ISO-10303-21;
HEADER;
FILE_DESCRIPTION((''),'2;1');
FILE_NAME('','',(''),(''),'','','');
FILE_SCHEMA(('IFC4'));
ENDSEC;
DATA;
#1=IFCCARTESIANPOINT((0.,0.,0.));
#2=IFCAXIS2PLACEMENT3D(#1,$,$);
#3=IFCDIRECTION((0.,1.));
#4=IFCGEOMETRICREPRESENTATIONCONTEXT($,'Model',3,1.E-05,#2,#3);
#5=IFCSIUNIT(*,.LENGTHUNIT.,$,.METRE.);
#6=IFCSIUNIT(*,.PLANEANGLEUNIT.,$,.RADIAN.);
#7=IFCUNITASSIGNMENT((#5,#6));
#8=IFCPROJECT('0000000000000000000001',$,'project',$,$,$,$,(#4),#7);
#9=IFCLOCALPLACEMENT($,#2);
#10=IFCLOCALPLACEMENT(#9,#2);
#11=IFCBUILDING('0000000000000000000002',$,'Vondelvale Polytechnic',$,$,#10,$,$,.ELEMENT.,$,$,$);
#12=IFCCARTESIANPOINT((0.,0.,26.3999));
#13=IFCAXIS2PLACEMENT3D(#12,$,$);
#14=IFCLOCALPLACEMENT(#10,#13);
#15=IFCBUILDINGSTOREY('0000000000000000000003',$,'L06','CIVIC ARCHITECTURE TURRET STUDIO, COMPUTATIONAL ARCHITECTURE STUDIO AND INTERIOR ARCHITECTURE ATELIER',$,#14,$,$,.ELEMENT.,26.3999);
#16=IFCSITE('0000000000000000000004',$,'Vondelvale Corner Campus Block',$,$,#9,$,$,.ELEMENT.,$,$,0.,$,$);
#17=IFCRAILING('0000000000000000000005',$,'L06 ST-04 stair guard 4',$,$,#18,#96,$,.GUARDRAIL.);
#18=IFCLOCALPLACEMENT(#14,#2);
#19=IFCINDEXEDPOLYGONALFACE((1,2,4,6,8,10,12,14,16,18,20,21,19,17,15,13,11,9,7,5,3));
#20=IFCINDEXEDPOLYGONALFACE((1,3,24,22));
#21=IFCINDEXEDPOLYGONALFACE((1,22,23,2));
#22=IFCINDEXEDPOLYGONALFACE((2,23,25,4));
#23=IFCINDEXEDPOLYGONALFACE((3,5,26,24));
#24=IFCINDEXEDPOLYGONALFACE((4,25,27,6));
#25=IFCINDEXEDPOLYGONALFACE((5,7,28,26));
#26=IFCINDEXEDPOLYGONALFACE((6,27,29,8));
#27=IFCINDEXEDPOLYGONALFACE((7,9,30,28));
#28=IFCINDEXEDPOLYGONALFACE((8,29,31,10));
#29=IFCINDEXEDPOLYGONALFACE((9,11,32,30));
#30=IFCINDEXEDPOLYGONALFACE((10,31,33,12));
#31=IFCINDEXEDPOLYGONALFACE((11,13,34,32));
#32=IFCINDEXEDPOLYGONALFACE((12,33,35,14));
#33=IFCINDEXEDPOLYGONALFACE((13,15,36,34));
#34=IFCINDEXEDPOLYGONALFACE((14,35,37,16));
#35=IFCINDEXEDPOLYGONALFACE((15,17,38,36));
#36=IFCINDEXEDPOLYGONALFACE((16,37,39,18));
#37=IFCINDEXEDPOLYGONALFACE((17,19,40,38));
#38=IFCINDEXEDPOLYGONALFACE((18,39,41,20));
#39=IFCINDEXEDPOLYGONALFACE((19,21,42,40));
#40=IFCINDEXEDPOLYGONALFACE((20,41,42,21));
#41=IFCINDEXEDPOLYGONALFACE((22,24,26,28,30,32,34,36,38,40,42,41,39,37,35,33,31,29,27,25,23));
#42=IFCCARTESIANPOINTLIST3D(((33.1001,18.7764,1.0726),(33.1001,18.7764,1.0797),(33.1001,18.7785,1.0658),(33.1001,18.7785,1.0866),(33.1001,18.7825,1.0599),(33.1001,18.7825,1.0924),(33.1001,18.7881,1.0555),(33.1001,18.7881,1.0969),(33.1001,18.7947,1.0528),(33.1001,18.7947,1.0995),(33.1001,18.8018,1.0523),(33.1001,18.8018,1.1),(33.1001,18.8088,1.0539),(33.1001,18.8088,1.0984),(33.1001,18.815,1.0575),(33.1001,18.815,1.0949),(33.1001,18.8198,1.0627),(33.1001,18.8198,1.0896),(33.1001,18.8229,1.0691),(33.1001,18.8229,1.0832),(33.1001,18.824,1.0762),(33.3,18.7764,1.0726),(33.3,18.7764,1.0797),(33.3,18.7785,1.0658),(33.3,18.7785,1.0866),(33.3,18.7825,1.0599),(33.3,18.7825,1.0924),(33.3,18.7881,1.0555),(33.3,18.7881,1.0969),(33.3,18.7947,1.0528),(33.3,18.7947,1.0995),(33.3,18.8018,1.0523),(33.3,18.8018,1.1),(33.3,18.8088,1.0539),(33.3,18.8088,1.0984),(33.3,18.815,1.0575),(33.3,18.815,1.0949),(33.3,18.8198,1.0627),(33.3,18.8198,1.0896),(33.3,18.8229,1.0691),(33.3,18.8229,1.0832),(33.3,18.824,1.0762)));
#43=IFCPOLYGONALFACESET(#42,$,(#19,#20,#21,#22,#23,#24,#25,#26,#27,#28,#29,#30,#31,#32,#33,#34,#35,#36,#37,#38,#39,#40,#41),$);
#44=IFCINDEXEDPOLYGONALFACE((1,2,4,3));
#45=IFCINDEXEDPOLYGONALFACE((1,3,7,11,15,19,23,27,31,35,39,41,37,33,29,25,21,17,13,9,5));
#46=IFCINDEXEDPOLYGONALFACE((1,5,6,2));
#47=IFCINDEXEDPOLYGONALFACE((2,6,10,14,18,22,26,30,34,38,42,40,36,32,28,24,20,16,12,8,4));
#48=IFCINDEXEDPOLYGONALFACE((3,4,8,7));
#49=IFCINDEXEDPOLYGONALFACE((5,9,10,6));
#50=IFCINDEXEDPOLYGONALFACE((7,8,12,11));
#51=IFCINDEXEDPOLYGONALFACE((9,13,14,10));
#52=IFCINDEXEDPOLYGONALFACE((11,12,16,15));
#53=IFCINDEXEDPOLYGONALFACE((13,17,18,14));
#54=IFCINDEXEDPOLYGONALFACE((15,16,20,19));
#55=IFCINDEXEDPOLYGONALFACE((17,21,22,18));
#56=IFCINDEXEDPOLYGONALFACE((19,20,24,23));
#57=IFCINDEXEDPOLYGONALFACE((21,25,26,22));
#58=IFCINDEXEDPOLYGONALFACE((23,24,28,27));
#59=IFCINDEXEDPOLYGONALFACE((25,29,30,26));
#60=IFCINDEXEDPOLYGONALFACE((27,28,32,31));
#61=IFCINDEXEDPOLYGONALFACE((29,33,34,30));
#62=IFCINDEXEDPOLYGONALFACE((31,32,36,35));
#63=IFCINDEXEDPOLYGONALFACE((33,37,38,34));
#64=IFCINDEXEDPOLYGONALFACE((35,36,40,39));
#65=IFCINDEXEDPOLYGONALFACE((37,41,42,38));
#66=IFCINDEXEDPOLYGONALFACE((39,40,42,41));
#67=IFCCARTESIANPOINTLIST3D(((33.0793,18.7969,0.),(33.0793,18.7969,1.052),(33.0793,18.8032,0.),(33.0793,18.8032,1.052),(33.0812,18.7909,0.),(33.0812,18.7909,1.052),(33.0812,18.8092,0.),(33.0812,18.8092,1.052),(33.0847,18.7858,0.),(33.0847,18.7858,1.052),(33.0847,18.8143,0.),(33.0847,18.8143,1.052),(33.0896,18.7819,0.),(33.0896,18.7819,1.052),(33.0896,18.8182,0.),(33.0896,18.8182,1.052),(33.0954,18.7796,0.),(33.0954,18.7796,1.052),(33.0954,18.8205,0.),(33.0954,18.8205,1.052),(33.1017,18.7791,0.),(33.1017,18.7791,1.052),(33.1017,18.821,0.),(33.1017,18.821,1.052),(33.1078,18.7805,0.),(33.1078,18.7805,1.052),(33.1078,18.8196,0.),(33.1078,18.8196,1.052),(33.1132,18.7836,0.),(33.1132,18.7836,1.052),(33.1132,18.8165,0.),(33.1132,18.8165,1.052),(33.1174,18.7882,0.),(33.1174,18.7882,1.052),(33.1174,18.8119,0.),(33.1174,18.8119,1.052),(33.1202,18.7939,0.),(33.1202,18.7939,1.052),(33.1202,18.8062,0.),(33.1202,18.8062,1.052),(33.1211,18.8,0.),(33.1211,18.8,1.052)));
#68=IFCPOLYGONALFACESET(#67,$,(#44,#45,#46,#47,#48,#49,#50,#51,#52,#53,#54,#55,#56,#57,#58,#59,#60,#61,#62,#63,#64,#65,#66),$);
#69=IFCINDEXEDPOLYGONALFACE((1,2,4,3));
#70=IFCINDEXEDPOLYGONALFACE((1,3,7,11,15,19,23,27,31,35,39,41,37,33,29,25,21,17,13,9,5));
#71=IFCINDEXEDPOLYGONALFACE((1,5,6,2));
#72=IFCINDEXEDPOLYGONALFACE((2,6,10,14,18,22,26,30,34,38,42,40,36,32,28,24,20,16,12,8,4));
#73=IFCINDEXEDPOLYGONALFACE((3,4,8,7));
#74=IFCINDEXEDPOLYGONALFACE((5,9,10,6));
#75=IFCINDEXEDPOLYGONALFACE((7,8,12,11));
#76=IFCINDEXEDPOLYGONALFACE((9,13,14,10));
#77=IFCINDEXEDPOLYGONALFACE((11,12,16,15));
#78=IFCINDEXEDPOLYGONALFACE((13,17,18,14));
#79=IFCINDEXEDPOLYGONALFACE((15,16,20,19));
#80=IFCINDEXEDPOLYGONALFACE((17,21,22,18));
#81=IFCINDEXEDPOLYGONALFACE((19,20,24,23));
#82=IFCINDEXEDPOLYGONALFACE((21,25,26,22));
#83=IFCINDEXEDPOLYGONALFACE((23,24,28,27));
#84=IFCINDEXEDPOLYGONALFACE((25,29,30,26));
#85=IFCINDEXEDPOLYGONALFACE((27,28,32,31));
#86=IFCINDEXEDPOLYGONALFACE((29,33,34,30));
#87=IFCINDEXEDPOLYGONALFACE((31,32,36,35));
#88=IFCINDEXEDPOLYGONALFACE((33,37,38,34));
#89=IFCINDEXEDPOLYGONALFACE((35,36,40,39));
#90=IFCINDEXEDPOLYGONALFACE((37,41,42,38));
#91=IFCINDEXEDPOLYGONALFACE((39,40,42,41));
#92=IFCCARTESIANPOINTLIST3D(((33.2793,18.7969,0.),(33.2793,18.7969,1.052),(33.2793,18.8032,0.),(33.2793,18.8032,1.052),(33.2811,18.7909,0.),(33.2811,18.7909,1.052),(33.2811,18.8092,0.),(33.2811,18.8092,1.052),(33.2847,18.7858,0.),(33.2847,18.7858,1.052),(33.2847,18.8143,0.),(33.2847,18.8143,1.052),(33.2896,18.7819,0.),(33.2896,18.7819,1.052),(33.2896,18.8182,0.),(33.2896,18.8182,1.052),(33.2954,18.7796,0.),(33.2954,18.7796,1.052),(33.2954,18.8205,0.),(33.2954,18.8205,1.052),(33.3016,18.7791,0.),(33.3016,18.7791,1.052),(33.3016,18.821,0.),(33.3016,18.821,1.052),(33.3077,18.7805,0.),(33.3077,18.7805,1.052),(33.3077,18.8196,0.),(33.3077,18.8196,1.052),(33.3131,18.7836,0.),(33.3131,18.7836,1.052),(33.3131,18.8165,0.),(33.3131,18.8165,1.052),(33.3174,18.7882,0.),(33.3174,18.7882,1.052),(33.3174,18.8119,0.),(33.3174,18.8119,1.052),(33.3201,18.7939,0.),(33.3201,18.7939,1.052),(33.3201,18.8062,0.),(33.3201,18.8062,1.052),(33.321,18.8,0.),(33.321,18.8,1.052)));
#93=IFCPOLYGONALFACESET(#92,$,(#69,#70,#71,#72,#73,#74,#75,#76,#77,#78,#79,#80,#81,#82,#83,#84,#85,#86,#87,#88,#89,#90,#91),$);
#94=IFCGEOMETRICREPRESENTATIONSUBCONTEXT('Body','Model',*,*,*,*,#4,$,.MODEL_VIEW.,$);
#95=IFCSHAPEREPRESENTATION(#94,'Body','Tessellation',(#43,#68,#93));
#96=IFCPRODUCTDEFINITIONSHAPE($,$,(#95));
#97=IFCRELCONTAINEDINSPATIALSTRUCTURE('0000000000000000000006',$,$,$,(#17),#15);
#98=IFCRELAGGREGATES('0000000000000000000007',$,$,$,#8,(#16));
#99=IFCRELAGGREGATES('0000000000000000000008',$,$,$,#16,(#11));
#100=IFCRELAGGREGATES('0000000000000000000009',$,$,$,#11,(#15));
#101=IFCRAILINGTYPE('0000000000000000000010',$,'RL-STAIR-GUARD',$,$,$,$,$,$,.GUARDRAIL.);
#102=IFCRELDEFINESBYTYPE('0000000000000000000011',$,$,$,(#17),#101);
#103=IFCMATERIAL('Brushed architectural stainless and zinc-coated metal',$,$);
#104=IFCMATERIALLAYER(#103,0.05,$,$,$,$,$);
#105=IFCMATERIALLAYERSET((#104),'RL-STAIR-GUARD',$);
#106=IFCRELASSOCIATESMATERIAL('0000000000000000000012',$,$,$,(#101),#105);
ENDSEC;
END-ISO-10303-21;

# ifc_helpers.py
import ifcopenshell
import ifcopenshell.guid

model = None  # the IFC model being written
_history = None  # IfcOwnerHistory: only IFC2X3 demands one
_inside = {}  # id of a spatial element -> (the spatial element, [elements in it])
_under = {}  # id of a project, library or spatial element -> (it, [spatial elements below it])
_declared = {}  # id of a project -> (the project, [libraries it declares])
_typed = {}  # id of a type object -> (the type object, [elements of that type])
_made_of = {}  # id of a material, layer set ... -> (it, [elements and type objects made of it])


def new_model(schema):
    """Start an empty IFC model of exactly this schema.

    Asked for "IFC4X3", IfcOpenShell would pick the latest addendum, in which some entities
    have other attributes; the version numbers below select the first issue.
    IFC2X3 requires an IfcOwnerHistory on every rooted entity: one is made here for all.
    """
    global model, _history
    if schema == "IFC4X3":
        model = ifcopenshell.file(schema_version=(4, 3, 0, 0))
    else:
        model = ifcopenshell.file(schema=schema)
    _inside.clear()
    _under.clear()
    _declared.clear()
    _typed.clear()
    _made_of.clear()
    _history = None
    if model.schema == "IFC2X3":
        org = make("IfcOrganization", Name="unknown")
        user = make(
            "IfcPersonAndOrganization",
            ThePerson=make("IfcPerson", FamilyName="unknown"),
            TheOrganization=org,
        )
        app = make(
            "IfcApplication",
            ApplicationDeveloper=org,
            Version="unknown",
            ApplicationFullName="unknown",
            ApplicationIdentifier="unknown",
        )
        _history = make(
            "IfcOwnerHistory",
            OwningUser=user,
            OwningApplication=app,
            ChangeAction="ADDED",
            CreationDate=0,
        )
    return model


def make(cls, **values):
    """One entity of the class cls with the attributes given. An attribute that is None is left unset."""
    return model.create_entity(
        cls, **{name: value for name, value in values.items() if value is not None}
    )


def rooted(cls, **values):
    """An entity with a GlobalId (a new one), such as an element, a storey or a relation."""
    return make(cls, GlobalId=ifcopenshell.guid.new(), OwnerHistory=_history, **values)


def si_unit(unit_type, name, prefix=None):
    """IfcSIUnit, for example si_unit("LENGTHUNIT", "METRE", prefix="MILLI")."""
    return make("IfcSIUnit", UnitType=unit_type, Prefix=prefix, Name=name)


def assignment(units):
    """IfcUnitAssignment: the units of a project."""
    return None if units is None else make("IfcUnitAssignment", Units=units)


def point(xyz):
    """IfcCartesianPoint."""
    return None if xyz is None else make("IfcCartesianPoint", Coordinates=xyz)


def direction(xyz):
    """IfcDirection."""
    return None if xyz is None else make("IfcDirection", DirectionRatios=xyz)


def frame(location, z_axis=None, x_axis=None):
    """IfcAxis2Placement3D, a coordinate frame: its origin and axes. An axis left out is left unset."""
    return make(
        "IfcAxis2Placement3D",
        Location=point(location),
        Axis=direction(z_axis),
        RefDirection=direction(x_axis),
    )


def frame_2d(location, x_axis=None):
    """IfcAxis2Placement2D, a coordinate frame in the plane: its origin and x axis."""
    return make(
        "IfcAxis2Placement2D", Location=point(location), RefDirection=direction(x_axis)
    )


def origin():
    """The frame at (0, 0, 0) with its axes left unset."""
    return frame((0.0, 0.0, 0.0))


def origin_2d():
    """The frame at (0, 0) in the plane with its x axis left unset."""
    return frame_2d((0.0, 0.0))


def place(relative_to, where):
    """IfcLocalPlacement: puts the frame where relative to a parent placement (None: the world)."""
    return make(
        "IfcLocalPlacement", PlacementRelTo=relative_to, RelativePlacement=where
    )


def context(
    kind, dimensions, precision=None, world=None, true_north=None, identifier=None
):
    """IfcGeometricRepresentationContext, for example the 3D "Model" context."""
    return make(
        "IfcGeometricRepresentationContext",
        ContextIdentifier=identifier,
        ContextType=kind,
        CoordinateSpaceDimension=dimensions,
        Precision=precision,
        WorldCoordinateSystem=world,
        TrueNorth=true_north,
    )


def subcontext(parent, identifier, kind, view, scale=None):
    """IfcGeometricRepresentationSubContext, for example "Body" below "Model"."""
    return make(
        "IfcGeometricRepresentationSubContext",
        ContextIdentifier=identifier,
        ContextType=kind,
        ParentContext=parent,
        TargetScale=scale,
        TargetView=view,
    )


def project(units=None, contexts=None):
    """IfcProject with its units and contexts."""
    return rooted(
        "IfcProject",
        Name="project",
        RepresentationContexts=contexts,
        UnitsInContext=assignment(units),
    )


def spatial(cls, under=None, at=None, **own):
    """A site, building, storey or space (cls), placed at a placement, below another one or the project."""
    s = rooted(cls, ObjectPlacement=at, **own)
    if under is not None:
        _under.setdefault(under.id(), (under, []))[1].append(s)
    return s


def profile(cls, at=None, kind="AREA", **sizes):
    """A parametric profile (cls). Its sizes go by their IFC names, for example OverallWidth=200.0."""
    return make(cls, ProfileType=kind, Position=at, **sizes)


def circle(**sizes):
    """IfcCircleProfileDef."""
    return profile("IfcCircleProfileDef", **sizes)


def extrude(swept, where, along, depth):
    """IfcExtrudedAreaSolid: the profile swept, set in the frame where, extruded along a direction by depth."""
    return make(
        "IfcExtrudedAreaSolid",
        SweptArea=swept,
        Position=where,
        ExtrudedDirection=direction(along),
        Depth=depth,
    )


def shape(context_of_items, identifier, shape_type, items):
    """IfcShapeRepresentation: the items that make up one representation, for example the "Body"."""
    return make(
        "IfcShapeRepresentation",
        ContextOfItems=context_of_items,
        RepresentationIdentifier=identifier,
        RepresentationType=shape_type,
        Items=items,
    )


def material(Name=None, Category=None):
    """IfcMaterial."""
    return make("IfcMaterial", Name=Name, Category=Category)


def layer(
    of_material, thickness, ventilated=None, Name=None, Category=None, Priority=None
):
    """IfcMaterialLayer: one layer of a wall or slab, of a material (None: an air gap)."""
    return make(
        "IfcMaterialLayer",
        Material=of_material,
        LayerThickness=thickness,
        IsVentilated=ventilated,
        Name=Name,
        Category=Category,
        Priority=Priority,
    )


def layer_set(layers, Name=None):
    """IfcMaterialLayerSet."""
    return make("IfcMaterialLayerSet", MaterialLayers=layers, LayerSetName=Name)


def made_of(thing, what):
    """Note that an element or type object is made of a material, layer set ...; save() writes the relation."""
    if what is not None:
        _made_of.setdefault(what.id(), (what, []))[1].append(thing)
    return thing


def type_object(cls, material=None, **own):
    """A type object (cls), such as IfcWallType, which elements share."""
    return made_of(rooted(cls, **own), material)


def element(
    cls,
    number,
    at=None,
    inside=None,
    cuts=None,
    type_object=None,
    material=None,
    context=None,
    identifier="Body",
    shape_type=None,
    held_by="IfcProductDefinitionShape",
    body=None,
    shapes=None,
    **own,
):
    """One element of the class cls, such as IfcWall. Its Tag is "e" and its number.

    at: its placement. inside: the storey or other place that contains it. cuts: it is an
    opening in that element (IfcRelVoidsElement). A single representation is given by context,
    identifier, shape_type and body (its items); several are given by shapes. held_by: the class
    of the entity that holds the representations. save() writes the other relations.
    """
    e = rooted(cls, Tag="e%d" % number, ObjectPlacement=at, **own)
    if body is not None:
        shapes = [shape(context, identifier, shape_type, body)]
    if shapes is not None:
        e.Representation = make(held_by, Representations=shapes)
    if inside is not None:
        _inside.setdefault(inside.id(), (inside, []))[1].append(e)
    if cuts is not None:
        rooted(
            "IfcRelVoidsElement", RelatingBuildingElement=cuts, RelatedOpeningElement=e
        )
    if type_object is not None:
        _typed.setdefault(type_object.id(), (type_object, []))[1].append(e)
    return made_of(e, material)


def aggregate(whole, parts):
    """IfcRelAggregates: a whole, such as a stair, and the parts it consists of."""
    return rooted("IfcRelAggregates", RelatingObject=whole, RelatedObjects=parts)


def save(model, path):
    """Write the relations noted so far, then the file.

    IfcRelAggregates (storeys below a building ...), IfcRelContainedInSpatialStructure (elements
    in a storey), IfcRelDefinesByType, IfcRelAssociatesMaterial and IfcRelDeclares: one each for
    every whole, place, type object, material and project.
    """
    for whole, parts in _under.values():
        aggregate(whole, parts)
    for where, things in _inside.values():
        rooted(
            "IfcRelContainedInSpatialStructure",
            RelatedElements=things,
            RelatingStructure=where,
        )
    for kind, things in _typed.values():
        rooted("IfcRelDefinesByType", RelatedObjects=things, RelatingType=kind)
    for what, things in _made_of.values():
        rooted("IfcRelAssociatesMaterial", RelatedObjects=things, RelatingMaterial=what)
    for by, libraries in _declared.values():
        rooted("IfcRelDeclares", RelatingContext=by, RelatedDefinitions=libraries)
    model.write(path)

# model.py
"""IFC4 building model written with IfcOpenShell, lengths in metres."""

from ifc_helpers import new_model, si_unit, direction, frame, origin, origin_2d, place, context, subcontext, project, spatial, circle, extrude, material, layer, layer_set, type_object, element, save


model = new_model("IFC4")

# Units and contexts
model_context = context("Model", 3, precision=1e-05, world=origin(), true_north=direction((0.0, 1.0)))
body_context = subcontext(model_context, "Body", "Model", "MODEL_VIEW")
ifc_project = project(units=[si_unit("LENGTHUNIT", "METRE"), si_unit("PLANEANGLEUNIT", "RADIAN")], contexts=[model_context])

# Site, building, storey
site_placement = place(None, origin())
site = spatial("IfcSite", under=ifc_project, at=site_placement, Name="Vondelvale Corner Campus Block", CompositionType="ELEMENT", RefElevation=0.0)
building_placement = place(site_placement, origin())
building = spatial("IfcBuilding", under=site, at=building_placement, Name="Vondelvale Polytechnic", CompositionType="ELEMENT")
storey_placement = place(building_placement, frame((0.0, 0.0, 26.3999)))
storey = spatial("IfcBuildingStorey", under=building, at=storey_placement, Name="L06", Description="CIVIC ARCHITECTURE TURRET STUDIO, COMPUTATIONAL ARCHITECTURE STUDIO AND INTERIOR ARCHITECTURE ATELIER", CompositionType="ELEMENT", Elevation=26.3999)

# Shared definitions
ifc_material_1 = material(Name="Brushed architectural stainless and zinc-coated metal")

# Railing
ifc_layer_1 = layer(ifc_material_1, 0.05)
ifc_layer_set_1 = layer_set([ifc_layer_1], Name="RL-STAIR-GUARD")
railing_type_1 = type_object("IfcRailingType", Name="RL-STAIR-GUARD", PredefinedType="GUARDRAIL", material=ifc_layer_set_1)
railing_1_placement = place(storey_placement, frame((33.1001, 18.8, 0.0)))
element("IfcRailing", 1, at=railing_1_placement, inside=storey, type_object=railing_type_1, Name="L06 ST-04 stair guard 4", PredefinedType="GUARDRAIL", context=body_context, shape_type="SweptSolid", body=[
    extrude(circle(Radius=0.0239, at=origin_2d()), frame((0.0, 0.0, 1.0762), z_axis=(1.0, 0.0, 0.0), x_axis=(0.0, 1.0, 0.0)), (0.0, 0.0, 1.0), 0.2),
    extrude(circle(Radius=0.021, at=origin_2d()), origin(), (0.0, 0.0, 1.0), 1.052),
    extrude(circle(Radius=0.021, at=origin_2d()), frame((0.2, 0.0, 0.0)), (0.0, 0.0, 1.0), 1.052),
])

save(model, "model.ifc")
